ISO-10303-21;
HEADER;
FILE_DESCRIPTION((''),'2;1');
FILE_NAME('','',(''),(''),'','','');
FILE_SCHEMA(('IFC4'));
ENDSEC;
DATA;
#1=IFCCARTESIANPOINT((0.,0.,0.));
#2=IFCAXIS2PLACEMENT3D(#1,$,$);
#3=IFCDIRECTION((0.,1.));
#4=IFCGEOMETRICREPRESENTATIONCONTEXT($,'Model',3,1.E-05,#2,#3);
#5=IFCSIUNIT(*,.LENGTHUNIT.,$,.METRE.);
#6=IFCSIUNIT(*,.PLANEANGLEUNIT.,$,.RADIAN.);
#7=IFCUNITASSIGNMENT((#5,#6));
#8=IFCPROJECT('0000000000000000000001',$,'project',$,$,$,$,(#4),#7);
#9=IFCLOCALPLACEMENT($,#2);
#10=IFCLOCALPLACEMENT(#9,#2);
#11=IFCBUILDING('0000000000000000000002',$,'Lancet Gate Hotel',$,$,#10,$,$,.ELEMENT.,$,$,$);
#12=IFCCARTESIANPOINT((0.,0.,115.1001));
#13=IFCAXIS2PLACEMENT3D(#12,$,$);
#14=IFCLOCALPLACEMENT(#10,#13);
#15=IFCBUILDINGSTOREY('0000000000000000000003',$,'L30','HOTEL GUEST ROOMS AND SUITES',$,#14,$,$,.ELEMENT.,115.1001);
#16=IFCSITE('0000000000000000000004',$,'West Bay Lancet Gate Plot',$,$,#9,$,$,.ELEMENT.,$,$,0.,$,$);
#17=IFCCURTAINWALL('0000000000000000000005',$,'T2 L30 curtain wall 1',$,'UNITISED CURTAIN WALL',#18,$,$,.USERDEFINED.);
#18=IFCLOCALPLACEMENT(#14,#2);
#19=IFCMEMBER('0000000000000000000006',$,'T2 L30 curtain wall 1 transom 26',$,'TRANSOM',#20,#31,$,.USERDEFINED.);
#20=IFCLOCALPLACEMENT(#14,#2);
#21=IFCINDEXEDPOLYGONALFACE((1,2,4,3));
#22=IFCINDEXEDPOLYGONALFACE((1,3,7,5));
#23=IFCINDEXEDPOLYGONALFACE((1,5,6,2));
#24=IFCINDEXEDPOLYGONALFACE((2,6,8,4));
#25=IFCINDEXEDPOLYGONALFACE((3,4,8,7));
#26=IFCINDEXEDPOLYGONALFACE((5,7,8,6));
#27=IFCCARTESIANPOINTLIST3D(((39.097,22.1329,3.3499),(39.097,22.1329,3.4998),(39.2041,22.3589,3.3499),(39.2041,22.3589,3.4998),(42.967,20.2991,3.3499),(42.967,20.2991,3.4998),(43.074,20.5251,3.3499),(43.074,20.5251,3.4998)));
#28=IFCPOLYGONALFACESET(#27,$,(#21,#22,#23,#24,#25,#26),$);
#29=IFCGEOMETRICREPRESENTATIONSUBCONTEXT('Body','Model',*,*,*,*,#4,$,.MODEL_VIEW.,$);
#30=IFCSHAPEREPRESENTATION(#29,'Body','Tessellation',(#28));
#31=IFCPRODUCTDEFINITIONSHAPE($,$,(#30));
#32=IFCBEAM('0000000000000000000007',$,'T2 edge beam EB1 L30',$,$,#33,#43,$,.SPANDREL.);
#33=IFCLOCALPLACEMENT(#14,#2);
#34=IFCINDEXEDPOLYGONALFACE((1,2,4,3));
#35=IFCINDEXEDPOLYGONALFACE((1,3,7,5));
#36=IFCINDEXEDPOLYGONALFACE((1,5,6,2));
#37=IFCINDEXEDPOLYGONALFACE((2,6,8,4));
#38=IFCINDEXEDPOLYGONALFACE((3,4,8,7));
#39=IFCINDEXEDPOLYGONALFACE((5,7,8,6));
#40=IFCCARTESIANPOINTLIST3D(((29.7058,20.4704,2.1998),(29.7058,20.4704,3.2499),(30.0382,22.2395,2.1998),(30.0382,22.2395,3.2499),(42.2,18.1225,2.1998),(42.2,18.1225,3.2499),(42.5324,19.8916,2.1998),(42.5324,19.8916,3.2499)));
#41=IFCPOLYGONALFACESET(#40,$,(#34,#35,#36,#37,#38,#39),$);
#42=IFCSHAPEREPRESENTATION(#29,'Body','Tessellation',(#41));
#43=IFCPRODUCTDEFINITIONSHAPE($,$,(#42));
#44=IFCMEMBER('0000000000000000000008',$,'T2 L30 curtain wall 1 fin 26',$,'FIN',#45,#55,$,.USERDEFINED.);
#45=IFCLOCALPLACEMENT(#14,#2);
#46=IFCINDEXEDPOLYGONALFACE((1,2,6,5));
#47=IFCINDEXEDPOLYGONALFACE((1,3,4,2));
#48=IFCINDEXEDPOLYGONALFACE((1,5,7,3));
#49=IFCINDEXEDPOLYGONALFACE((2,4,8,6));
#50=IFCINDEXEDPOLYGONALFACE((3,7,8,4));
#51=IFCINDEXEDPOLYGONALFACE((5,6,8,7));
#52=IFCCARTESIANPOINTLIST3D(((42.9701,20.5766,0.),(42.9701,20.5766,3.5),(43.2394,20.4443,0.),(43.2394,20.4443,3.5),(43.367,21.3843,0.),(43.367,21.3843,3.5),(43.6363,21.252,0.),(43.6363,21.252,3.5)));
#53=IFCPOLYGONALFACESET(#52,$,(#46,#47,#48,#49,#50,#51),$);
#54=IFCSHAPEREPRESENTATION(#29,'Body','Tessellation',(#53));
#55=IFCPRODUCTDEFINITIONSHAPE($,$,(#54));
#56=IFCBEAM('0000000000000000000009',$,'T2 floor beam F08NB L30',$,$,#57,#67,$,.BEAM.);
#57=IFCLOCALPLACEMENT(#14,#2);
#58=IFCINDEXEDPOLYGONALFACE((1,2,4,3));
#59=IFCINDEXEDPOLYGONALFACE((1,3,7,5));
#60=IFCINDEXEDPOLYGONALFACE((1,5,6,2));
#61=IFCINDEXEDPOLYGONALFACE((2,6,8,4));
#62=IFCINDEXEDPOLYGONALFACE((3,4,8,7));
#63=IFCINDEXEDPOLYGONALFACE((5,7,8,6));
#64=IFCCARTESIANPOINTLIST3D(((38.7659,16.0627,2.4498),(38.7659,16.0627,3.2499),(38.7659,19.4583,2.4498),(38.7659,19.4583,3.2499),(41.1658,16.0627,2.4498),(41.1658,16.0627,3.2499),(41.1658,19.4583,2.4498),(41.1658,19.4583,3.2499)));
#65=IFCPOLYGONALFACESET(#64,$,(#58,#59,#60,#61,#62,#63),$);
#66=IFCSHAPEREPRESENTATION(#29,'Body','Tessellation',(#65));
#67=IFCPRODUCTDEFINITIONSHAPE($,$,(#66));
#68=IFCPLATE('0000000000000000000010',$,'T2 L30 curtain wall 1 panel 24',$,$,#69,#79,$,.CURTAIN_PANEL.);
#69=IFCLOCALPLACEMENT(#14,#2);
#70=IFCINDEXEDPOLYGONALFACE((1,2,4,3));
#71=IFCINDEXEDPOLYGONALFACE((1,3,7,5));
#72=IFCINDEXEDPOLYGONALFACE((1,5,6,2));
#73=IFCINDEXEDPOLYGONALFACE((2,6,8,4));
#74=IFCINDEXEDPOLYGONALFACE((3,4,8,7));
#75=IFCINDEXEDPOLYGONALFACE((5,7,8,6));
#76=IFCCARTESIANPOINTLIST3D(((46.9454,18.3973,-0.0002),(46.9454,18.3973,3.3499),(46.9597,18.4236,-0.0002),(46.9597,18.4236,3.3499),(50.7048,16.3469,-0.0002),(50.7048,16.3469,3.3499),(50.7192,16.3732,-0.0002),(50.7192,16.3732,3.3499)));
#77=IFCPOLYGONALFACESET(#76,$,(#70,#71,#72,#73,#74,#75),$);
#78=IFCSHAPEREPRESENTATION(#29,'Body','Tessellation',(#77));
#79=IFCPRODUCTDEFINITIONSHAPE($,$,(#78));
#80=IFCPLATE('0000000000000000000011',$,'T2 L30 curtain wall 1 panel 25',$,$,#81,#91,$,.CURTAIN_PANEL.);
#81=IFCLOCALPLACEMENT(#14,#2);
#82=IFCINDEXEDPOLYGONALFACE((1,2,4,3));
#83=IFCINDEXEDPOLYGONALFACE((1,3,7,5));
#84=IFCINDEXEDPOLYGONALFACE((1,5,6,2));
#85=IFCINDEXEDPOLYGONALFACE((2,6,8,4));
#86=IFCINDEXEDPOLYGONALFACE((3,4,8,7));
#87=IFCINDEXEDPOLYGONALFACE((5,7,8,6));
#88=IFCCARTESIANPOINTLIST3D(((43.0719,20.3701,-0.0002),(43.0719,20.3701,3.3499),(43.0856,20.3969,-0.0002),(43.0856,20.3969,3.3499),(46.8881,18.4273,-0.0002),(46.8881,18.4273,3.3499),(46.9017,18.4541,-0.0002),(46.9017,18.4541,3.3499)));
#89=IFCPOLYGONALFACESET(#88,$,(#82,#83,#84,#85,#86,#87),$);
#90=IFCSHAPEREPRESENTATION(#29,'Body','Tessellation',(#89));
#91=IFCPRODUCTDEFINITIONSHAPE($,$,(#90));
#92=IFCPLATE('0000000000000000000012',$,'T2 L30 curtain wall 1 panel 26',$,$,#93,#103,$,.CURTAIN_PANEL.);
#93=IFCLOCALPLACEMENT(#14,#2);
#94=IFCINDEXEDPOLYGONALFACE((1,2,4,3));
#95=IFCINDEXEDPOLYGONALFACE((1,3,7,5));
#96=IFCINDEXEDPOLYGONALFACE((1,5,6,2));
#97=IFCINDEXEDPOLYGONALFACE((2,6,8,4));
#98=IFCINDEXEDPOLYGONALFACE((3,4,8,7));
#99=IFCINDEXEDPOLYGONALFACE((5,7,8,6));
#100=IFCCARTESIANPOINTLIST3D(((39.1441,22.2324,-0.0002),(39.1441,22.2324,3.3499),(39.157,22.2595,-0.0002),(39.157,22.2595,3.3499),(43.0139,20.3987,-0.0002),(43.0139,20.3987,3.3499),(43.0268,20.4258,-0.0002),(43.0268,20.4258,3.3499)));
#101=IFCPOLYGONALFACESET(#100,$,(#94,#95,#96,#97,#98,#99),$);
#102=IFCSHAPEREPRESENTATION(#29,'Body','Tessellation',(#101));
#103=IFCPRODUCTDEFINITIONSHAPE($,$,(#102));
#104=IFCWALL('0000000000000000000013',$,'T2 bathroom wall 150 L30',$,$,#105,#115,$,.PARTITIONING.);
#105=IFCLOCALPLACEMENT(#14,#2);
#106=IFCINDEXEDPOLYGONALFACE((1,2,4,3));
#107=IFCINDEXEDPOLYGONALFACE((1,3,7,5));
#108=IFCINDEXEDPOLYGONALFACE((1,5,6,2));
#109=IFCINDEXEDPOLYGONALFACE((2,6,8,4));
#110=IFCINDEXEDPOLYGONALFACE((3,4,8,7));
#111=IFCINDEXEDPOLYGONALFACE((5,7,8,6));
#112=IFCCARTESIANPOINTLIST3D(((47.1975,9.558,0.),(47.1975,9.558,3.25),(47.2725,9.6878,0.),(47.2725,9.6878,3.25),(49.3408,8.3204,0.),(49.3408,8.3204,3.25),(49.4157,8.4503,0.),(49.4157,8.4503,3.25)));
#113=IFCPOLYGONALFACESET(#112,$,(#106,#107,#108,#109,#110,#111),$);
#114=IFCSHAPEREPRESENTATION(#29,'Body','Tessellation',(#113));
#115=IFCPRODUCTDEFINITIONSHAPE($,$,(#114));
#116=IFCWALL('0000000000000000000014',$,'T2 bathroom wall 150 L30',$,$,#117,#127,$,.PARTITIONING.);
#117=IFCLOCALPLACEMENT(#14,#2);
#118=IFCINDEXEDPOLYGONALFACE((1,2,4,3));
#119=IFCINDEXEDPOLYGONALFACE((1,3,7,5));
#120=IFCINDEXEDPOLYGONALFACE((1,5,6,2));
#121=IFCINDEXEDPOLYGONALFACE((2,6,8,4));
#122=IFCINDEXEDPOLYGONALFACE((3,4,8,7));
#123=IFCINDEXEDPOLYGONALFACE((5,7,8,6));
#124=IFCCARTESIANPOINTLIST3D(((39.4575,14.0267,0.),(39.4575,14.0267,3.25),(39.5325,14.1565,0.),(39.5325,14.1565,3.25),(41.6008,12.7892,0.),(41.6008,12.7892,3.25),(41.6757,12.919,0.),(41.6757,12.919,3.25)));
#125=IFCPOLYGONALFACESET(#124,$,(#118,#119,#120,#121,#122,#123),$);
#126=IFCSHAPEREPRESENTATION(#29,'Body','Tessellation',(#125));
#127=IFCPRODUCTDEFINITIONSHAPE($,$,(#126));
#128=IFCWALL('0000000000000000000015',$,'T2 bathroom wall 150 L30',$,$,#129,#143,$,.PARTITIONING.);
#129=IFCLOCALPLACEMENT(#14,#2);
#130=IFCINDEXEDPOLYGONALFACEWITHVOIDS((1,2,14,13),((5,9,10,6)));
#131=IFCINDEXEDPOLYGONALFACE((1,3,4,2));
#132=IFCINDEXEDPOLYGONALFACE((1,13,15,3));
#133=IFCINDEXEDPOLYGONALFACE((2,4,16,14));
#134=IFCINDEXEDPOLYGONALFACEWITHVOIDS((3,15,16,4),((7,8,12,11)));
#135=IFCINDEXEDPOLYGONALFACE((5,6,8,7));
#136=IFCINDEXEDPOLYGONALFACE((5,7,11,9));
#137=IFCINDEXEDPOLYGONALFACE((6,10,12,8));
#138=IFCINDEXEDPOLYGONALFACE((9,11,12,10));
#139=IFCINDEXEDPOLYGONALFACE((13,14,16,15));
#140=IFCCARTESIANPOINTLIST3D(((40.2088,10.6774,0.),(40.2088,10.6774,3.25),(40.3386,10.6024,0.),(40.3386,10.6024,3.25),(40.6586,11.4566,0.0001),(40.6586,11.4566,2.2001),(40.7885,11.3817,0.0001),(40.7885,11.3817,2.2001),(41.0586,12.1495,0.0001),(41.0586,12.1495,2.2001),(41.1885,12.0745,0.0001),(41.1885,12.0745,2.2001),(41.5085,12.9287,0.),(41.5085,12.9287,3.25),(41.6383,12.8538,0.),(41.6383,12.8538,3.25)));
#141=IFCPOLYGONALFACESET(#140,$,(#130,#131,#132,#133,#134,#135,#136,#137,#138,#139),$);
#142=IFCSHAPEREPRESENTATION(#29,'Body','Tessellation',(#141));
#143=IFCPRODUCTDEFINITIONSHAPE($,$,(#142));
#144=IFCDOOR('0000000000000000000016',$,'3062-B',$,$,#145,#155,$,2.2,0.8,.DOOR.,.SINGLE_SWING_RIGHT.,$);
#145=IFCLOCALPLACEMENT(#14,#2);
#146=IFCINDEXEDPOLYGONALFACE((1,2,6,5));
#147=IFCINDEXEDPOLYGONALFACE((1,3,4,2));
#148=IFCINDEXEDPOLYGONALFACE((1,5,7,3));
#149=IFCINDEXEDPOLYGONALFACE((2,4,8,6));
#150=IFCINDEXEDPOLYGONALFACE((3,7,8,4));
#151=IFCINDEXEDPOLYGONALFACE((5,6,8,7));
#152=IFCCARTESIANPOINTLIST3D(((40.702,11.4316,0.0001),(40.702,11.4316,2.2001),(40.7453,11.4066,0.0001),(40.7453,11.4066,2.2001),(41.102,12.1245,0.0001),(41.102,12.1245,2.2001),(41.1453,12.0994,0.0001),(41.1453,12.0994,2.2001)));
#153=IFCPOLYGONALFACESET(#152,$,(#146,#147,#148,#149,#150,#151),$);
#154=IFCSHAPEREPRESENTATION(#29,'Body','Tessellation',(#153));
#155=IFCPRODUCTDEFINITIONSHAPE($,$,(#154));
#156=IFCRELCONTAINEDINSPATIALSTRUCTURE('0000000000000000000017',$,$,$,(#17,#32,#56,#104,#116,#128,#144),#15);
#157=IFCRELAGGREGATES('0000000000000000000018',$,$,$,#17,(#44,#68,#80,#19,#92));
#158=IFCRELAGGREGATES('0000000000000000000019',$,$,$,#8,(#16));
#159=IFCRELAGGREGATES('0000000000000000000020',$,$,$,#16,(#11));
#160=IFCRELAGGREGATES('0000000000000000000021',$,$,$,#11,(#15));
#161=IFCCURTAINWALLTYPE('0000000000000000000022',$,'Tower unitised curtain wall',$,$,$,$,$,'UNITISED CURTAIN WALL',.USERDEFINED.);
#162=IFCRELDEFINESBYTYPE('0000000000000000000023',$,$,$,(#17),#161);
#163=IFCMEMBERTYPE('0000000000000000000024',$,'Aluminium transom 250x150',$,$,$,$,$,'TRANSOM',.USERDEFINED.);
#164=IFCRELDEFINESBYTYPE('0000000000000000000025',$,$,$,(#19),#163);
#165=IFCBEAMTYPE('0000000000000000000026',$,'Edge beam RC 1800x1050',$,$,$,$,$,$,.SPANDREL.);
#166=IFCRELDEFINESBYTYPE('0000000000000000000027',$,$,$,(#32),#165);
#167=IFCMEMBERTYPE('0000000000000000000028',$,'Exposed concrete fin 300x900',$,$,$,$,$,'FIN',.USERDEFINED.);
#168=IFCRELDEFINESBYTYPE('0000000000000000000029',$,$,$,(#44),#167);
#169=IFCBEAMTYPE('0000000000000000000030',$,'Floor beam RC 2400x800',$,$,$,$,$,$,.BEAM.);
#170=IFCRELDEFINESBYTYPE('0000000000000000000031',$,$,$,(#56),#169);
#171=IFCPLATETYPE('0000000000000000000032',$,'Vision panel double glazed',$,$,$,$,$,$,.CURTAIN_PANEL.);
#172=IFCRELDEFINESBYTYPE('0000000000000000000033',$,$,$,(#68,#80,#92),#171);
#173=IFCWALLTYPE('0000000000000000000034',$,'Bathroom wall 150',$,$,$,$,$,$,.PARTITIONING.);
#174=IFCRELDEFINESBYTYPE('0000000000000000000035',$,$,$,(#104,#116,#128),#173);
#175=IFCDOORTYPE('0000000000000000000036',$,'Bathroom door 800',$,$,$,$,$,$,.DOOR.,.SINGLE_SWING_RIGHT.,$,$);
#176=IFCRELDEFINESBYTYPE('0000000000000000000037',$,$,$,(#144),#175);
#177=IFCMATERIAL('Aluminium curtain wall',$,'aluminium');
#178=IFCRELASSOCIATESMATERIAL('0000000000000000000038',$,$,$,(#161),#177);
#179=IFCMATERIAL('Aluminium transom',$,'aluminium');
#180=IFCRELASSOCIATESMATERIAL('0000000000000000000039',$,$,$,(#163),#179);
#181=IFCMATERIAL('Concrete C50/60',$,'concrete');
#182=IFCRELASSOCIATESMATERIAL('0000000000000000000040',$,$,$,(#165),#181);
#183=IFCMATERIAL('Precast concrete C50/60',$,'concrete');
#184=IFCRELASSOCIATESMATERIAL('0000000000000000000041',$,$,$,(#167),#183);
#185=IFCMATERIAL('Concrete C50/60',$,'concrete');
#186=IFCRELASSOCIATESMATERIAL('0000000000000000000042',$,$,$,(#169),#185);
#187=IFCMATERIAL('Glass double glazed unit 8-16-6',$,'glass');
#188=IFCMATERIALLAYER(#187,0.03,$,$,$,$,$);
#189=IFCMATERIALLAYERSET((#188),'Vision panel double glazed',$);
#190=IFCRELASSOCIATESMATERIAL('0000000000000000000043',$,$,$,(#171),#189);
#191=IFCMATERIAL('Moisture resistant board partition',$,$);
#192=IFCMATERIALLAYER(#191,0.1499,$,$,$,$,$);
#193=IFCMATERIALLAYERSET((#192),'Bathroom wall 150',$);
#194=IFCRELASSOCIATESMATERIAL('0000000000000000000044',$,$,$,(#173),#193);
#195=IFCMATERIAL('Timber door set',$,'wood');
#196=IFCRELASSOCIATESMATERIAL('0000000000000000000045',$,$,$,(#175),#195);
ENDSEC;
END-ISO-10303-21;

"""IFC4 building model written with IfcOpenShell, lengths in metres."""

from ifc_helpers import new_model, si_unit, direction, frame, frame_2d, origin, origin_2d, place, context, subcontext, project, spatial, rectangle, extrude, material, layer, layer_set, material_profile, profile_set, type_object, element, fill, aggregate, save


model = new_model("IFC4")

# Units and contexts
model_context = context("Model", 3, precision=1e-05, world=origin(), true_north=direction((0.0, 1.0)))
body_context = subcontext(model_context, "Body", "Model", "MODEL_VIEW")
ifc_project = project(units=[si_unit("LENGTHUNIT", "METRE"), si_unit("PLANEANGLEUNIT", "RADIAN")], contexts=[model_context])

# Site, building, storey
site_placement = place(None, origin())
site = spatial("IfcSite", under=ifc_project, at=site_placement, Name="West Bay Lancet Gate Plot", CompositionType="ELEMENT", RefElevation=0.0)
building_placement = place(site_placement, origin())
building = spatial("IfcBuilding", under=site, at=building_placement, Name="Lancet Gate Hotel", CompositionType="ELEMENT")
storey_placement = place(building_placement, frame((0.0, 0.0, 115.1001)))
storey = spatial("IfcBuildingStorey", under=building, at=storey_placement, Name="L30", Description="HOTEL GUEST ROOMS AND SUITES", CompositionType="ELEMENT", Elevation=115.1001)

# Curtain wall, member
ifc_material_1 = material(Name="Aluminium curtain wall", Category="aluminium")
curtain_wall_type = type_object("IfcCurtainWallType", Name="Tower unitised curtain wall", ElementType="UNITISED CURTAIN WALL", PredefinedType="USERDEFINED", material=ifc_material_1)
curtain_wall_placement = place(storey_placement, origin())
curtain_wall = element("IfcCurtainWall", 1, at=curtain_wall_placement, inside=storey, type_object=curtain_wall_type, Name="T2 L30 curtain wall 1", ObjectType="UNITISED CURTAIN WALL", PredefinedType="USERDEFINED")
ifc_material_2 = material(Name="Aluminium transom", Category="aluminium")
ifc_material_profile_1 = material_profile(ifc_material_2, rectangle(XDim=0.25, YDim=0.1499, at=origin_2d()), Name="TRANSOM 250x150")
ifc_profile_set_1 = profile_set([ifc_material_profile_1], Name="Aluminium transom")
member_type_1 = type_object("IfcMemberType", Name="Aluminium transom 250x150", ElementType="TRANSOM", PredefinedType="USERDEFINED", material=ifc_profile_set_1)
member_1_placement = place(storey_placement, frame((43.0205, 20.4121, 3.4248), z_axis=(-0.90368, 0.428209, 0.0), x_axis=(-0.428209, -0.90368, 0.0)))
member_1 = element("IfcMember", 2, at=member_1_placement, type_object=member_type_1, Name="T2 L30 curtain wall 1 transom 26", ObjectType="TRANSOM", PredefinedType="USERDEFINED", context=body_context, shape_type="SweptSolid", body=[
    extrude(rectangle(XDim=0.25, YDim=0.1499, at=origin_2d()), origin(), (0.0, 0.0, 1.0), 4.2825),
])

# Beam
ifc_material_3 = material(Name="Concrete C50/60", Category="concrete")
ifc_material_profile_2 = material_profile(ifc_material_3, rectangle(XDim=1.8, YDim=1.05, at=origin_2d()), Name="RC 1800x1050")
ifc_profile_set_2 = profile_set([ifc_material_profile_2], Name="Concrete C50/60")
beam_type_1 = type_object("IfcBeamType", Name="Edge beam RC 1800x1050", PredefinedType="SPANDREL", material=ifc_profile_set_2)
beam_1_placement = place(storey_placement, frame((42.3662, 19.0071, 2.7249), z_axis=(-0.982797, 0.184687, 0.0), x_axis=(-0.184687, -0.982797, 0.0)))
element("IfcBeam", 3, at=beam_1_placement, inside=storey, type_object=beam_type_1, Name="T2 edge beam EB1 L30", PredefinedType="SPANDREL", context=body_context, shape_type="SweptSolid", body=[
    extrude(rectangle(XDim=1.8, YDim=1.05, at=origin_2d()), origin(), (0.0, 0.0, 1.0), 12.7129),
])

# Member
ifc_material_4 = material(Name="Precast concrete C50/60", Category="concrete")
ifc_material_profile_3 = material_profile(ifc_material_4, rectangle(XDim=0.3, YDim=0.8999, at=origin_2d()), Name="FIN 300x900")
ifc_profile_set_3 = profile_set([ifc_material_profile_3], Name="Precast concrete C50/60")
member_type_2 = type_object("IfcMemberType", Name="Exposed concrete fin 300x900", ElementType="FIN", PredefinedType="USERDEFINED", material=ifc_profile_set_3)
member_2_placement = place(storey_placement, frame((43.3032, 20.9143, 0.0), z_axis=(0.0, 0.0, 1.0), x_axis=(-0.897512, 0.44099, 0.0)))
member_2 = element("IfcMember", 4, at=member_2_placement, type_object=member_type_2, Name="T2 L30 curtain wall 1 fin 26", ObjectType="FIN", PredefinedType="USERDEFINED", context=body_context, shape_type="SweptSolid", body=[
    extrude(rectangle(XDim=0.3, YDim=0.8999, at=origin_2d()), origin(), (0.0, 0.0, 1.0), 3.5),
])

# Beam
ifc_material_5 = material(Name="Concrete C50/60", Category="concrete")
ifc_material_profile_4 = material_profile(ifc_material_5, rectangle(XDim=2.3999, YDim=0.8, at=origin_2d()), Name="RC 2400x800")
ifc_profile_set_4 = profile_set([ifc_material_profile_4], Name="Concrete C50/60")
beam_type_2 = type_object("IfcBeamType", Name="Floor beam RC 2400x800", PredefinedType="BEAM", material=ifc_profile_set_4)
beam_2_placement = place(storey_placement, frame((39.9658, 16.0627, 2.8499), z_axis=(0.0, 1.0, 0.0), x_axis=(-1.0, 0.0, 0.0)))
element("IfcBeam", 5, at=beam_2_placement, inside=storey, type_object=beam_type_2, Name="T2 floor beam F08NB L30", PredefinedType="BEAM", context=body_context, shape_type="SweptSolid", body=[
    extrude(rectangle(XDim=2.3999, YDim=0.8, at=origin_2d()), origin(), (0.0, 0.0, 1.0), 3.3955),
])

# Plates
ifc_material_6 = material(Name="Glass double glazed unit 8-16-6", Category="glass")
ifc_layer_1 = layer(ifc_material_6, 0.03)
ifc_layer_set_1 = layer_set([ifc_layer_1], Name="Vision panel double glazed")
plate_type = type_object("IfcPlateType", Name="Vision panel double glazed", PredefinedType="CURTAIN_PANEL", material=ifc_layer_set_1)
plate_1_placement = place(storey_placement, frame((48.8323, 17.3853, -0.0002), z_axis=(0.0, 0.0, 1.0), x_axis=(-0.877916, 0.478814, 0.0)))
plate_1 = element("IfcPlate", 6, at=plate_1_placement, type_object=plate_type, Name="T2 L30 curtain wall 1 panel 24", PredefinedType="CURTAIN_PANEL", context=body_context, shape_type="SweptSolid", body=[
    extrude(rectangle(XDim=4.2822, YDim=0.03, at=origin_2d()), origin(), (0.0, 0.0, 1.0), 3.3501),
])
plate_2_placement = place(storey_placement, frame((44.9868, 19.4121, -0.0002), z_axis=(0.0, 0.0, 1.0), x_axis=(-0.891159, 0.45369, 0.0)))
plate_2 = element("IfcPlate", 7, at=plate_2_placement, type_object=plate_type, Name="T2 L30 curtain wall 1 panel 25", PredefinedType="CURTAIN_PANEL", context=body_context, shape_type="SweptSolid", body=[
    extrude(rectangle(XDim=4.2822, YDim=0.03, at=origin_2d()), origin(), (0.0, 0.0, 1.0), 3.3501),
])
plate_3_placement = place(storey_placement, frame((41.0854, 21.3291, -0.0002), z_axis=(0.0, 0.0, 1.0), x_axis=(-0.903683, 0.428201, 0.0)))
plate_3 = element("IfcPlate", 8, at=plate_3_placement, type_object=plate_type, Name="T2 L30 curtain wall 1 panel 26", PredefinedType="CURTAIN_PANEL", context=body_context, shape_type="SweptSolid", body=[
    extrude(rectangle(XDim=4.2822, YDim=0.03, at=origin_2d()), origin(), (0.0, 0.0, 1.0), 3.3501),
])
aggregate(curtain_wall, [member_2, plate_1, plate_2, member_1, plate_3])

# Walls
ifc_material_7 = material(Name="Moisture resistant board partition")
ifc_layer_2 = layer(ifc_material_7, 0.1499)
ifc_layer_set_2 = layer_set([ifc_layer_2], Name="Bathroom wall 150")
wall_type = type_object("IfcWallType", Name="Bathroom wall 150", PredefinedType="PARTITIONING", material=ifc_layer_set_2)
for number, where, z_axis, x_axis, name in (
    (9, (47.2351, 9.6228, 0.0), (0.0, 0.0, 1.0), (0.866007, -0.500033, 0.0), "T2 bathroom wall 150 L30"),
    (10, (39.4951, 14.0916, 0.0), (0.0, 0.0, 1.0), (0.866007, -0.500033, 0.0), "T2 bathroom wall 150 L30"),
):
    element("IfcWall", number, at=place(storey_placement, frame(where, z_axis=z_axis, x_axis=x_axis)), inside=storey, type_object=wall_type, Name=name, PredefinedType="PARTITIONING", context=body_context, shape_type="SweptSolid", body=[
        extrude(rectangle(XDim=2.4749, YDim=0.1499, at=frame_2d((1.2373, 0.0))), origin(), (0.0, 0.0, 1.0), 3.25),
    ])

# Wall, opening, door
wall_placement = place(storey_placement, frame((40.2737, 10.6399, 0.0), z_axis=(0.0, 0.0, 1.0), x_axis=(0.499977, 0.866039, 0.0)))
wall = element("IfcWall", 11, at=wall_placement, inside=storey, type_object=wall_type, Name="T2 bathroom wall 150 L30", PredefinedType="PARTITIONING", context=body_context, shape_type="SweptSolid", body=[
    extrude(rectangle(XDim=2.5996, YDim=0.1499, at=frame_2d((1.2998, 0.0))), origin(), (0.0, 0.0, 1.0), 3.25),
])
opening_placement = place(wall_placement, frame((0.8999, 0.0, 0.0)))
opening = element("IfcOpeningElement", 12, at=opening_placement, cuts=wall, PredefinedType="OPENING", context=body_context, shape_type="SweptSolid", body=[
    extrude(rectangle(XDim=0.8, YDim=2.2, at=frame_2d((0.3999, 1.1001))), frame((0.0, 0.085, 0.0), z_axis=(0.0, -1.0, 0.0), x_axis=(1.0, 0.0, 0.0)), (0.0, 0.0, 1.0), 0.1699),
])
ifc_material_8 = material(Name="Timber door set", Category="wood")
door_type = type_object("IfcDoorType", Name="Bathroom door 800", OperationType="SINGLE_SWING_RIGHT", PredefinedType="DOOR", material=ifc_material_8)
door_placement = place(opening_placement, origin())
door = element("IfcDoor", 13, at=door_placement, inside=storey, type_object=door_type, Name="3062-B", OperationType="SINGLE_SWING_RIGHT", OverallHeight=2.2, OverallWidth=0.8, PredefinedType="DOOR", context=body_context, shape_type="SweptSolid", body=[
    extrude(rectangle(XDim=0.8, YDim=2.2, at=frame_2d((0.3999, 1.1001))), frame((0.0, 0.0249, 0.0), z_axis=(0.0, -1.0, 0.0), x_axis=(1.0, 0.0, 0.0)), (0.0, 0.0, 1.0), 0.05),
])
fill(opening, door)

save(model, "model.ifc")
